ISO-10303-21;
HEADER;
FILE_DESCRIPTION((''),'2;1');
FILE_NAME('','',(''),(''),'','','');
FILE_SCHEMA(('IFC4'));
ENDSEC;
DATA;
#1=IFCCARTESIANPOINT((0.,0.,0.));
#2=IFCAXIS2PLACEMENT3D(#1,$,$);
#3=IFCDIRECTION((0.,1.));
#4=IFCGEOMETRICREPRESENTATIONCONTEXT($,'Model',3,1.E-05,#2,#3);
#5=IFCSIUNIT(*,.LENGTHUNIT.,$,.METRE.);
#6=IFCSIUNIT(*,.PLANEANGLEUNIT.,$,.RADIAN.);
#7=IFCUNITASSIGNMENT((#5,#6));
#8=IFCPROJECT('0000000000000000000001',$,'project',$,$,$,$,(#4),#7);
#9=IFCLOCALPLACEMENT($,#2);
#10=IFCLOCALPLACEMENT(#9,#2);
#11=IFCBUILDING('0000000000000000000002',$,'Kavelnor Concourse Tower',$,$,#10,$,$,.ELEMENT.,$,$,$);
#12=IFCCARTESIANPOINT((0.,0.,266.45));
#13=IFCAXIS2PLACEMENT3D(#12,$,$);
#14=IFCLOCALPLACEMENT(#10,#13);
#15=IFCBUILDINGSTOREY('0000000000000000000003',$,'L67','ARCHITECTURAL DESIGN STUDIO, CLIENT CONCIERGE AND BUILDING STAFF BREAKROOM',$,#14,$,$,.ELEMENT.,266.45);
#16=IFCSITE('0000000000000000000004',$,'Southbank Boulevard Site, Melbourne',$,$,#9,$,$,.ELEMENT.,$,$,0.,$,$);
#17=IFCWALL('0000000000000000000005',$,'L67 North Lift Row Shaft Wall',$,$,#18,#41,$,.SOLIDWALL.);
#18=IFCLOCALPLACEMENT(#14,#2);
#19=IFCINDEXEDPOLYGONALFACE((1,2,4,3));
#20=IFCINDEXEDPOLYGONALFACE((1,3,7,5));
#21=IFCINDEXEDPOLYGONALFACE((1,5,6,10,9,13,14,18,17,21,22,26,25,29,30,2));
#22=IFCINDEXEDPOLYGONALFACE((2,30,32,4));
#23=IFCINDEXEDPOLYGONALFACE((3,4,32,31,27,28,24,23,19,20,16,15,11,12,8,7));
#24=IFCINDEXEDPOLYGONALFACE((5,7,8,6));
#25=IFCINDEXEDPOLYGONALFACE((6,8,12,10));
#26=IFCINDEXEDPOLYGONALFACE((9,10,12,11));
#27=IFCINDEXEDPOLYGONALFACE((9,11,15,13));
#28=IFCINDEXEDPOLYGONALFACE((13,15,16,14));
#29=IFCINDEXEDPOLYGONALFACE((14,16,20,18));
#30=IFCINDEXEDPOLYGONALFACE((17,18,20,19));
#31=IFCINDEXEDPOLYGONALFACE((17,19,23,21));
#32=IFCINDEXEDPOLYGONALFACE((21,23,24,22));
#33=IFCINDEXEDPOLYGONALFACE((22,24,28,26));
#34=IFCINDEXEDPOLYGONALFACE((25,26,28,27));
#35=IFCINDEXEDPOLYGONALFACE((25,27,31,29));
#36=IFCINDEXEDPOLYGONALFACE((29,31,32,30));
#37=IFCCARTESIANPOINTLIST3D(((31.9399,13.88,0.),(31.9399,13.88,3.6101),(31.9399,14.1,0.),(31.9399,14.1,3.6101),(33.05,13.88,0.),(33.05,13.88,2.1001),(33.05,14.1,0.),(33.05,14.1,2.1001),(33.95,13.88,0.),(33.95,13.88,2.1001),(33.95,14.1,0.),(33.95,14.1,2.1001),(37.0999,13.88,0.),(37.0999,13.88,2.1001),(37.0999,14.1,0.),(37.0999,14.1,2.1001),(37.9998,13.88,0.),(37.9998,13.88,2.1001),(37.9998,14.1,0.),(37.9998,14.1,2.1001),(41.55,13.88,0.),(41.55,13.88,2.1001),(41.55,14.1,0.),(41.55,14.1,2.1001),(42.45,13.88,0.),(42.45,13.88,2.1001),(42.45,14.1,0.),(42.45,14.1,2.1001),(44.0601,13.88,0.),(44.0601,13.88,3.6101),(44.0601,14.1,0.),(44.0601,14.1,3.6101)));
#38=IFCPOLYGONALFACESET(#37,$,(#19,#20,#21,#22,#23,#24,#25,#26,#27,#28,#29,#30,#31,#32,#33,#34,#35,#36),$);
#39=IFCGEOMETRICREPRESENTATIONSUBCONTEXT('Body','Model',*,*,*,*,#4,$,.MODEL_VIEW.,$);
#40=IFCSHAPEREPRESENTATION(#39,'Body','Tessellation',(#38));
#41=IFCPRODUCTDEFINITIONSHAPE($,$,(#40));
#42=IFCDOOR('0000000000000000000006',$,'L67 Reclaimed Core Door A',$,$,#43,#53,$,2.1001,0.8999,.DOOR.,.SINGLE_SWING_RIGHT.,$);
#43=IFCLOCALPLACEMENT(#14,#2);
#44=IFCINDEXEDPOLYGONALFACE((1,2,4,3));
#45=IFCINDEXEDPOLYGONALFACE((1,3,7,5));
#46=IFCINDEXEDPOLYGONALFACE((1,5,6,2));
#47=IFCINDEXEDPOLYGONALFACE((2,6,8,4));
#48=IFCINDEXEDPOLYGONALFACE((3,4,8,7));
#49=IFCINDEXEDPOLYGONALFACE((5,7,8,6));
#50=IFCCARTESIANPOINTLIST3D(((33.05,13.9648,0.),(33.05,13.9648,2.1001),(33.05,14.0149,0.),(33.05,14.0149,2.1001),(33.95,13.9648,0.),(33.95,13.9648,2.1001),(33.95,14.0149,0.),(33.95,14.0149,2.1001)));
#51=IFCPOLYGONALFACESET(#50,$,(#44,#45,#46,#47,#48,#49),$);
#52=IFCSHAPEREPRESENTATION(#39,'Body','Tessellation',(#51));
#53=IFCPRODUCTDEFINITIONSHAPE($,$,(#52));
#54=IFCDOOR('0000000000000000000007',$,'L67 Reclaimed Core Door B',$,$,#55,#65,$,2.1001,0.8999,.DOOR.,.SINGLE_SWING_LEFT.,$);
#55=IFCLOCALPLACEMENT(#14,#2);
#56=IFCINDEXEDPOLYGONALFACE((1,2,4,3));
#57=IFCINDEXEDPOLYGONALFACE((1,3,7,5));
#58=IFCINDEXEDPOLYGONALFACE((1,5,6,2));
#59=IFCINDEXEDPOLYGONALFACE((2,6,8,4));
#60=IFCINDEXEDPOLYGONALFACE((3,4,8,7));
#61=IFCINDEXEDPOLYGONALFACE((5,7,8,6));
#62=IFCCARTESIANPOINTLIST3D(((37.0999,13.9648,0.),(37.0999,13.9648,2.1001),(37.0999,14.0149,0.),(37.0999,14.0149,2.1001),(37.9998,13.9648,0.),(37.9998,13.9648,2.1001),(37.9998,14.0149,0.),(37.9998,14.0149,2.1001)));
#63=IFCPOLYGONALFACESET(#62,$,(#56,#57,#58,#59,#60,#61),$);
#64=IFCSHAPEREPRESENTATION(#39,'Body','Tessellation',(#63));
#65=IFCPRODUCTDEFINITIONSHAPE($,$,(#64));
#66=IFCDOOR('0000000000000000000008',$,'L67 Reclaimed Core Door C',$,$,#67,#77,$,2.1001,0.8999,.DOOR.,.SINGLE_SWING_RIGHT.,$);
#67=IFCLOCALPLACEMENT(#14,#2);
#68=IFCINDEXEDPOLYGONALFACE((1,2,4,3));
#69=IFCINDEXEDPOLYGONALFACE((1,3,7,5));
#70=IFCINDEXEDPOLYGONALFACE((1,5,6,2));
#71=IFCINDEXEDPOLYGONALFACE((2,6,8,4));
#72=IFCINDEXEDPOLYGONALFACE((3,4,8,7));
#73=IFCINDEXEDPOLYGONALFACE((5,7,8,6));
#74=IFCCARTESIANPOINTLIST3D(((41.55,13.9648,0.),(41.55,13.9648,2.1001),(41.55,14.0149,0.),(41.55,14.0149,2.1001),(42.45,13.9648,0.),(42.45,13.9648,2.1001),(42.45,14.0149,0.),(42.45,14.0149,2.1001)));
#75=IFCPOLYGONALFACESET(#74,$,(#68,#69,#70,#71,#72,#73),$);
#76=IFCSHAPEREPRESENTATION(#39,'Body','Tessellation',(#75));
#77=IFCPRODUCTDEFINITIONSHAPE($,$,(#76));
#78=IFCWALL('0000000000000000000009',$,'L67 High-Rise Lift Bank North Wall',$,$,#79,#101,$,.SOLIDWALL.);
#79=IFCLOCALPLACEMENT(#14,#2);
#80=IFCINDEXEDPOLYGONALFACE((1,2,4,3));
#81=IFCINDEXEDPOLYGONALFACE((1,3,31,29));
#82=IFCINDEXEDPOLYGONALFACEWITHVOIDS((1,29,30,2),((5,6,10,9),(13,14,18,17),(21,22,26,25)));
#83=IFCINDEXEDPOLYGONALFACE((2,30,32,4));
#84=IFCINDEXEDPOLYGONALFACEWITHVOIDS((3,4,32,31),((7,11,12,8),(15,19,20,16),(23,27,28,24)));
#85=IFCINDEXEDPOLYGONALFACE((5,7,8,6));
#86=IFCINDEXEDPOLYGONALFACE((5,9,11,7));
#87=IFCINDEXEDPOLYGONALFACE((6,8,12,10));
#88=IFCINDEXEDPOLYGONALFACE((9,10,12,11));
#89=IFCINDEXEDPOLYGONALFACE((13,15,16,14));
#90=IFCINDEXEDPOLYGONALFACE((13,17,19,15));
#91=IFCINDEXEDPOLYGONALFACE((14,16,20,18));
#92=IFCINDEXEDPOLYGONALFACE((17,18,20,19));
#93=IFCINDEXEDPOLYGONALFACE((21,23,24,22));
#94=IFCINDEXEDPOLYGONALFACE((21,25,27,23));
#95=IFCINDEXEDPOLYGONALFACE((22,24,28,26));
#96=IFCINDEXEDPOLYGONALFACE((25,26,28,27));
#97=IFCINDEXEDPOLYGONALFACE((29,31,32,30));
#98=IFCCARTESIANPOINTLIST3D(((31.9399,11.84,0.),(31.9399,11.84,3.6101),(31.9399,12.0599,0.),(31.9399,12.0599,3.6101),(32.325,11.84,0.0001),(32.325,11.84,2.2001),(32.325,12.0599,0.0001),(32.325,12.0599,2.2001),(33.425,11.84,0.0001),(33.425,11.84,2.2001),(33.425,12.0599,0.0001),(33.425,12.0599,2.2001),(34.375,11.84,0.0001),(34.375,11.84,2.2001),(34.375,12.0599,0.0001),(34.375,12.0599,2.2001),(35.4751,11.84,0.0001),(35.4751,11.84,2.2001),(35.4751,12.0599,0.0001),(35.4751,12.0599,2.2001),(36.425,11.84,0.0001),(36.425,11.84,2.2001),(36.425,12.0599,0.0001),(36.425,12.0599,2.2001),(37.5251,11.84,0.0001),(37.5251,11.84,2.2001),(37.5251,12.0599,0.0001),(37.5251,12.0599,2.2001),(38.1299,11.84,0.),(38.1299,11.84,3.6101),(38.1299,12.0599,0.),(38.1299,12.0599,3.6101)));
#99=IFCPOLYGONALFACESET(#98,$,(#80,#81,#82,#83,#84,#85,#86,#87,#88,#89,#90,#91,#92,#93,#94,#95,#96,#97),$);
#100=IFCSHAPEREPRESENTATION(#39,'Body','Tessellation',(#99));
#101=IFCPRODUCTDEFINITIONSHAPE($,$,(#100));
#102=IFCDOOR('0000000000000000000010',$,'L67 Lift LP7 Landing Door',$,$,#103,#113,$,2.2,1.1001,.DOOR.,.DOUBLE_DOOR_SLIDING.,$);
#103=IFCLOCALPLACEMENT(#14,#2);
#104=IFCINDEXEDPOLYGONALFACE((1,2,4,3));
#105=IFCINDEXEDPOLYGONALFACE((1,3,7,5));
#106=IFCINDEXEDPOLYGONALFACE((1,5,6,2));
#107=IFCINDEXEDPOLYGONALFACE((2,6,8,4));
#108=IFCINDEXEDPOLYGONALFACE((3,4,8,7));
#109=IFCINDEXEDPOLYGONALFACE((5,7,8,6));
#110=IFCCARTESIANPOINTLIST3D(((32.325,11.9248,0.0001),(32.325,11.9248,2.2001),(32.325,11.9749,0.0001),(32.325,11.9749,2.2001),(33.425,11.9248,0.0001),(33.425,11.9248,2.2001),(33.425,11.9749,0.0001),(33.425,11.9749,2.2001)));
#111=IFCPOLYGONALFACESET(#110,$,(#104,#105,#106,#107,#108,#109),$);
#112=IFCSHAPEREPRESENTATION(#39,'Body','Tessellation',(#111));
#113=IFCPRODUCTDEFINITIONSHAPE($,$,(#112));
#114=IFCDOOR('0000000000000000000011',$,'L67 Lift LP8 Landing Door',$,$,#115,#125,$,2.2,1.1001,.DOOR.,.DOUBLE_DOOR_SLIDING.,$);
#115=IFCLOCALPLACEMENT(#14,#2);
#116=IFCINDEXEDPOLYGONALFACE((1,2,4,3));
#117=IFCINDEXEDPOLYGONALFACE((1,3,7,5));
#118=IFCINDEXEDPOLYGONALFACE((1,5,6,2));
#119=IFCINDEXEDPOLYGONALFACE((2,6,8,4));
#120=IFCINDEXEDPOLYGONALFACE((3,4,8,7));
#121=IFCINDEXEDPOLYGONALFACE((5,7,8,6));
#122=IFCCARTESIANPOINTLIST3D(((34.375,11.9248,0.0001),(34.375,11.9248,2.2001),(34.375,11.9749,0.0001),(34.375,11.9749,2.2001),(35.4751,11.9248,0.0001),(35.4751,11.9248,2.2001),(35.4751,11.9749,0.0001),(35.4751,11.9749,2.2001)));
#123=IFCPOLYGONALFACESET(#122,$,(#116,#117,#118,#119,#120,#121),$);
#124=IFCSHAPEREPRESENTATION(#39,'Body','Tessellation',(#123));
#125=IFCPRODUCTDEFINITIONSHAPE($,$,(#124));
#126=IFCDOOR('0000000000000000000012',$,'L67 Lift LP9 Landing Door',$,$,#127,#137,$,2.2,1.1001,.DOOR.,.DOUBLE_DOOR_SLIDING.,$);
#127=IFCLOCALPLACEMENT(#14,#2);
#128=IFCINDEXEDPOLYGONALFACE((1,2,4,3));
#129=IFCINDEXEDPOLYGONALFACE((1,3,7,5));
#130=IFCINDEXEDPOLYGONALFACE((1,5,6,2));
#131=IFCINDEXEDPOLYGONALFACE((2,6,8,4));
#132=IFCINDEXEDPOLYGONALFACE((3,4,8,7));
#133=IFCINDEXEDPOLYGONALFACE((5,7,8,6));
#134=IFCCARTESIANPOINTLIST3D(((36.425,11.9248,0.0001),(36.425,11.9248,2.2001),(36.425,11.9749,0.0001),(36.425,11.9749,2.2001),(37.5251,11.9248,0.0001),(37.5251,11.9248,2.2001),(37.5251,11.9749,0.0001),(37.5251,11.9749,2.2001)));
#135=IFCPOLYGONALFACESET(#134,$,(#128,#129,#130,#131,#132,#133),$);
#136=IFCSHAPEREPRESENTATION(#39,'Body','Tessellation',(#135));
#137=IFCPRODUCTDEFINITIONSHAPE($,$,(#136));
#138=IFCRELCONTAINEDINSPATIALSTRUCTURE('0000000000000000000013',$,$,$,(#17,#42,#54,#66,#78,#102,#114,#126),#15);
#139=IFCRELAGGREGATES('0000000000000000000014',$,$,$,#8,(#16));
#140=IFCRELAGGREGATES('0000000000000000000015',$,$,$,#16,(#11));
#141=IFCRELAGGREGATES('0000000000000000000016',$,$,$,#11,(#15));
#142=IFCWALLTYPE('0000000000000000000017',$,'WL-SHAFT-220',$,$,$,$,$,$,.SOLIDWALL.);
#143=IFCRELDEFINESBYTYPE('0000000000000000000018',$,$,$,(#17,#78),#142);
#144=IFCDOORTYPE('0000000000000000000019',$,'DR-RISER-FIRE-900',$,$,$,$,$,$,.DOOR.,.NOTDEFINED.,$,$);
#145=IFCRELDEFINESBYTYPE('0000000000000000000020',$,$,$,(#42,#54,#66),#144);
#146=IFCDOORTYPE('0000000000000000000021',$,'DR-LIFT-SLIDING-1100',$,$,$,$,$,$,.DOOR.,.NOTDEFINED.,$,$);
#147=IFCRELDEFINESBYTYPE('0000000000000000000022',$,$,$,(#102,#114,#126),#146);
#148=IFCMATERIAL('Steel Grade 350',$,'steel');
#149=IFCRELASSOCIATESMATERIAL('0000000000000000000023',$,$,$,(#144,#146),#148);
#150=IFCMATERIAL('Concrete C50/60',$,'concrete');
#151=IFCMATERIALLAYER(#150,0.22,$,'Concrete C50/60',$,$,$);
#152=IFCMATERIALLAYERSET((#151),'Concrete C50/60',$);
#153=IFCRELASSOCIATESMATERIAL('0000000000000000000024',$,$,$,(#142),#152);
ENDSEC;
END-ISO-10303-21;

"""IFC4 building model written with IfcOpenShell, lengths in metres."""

from ifc_helpers import new_model, si_unit, direction, frame, frame_2d, origin, place, context, subcontext, project, spatial, rectangle, extrude, material, layer, layer_set, type_object, element, fill, save


model = new_model("IFC4")

# Units and contexts
model_context = context("Model", 3, precision=1e-05, world=origin(), true_north=direction((0.0, 1.0)))
body_context = subcontext(model_context, "Body", "Model", "MODEL_VIEW")
ifc_project = project(units=[si_unit("LENGTHUNIT", "METRE"), si_unit("PLANEANGLEUNIT", "RADIAN")], contexts=[model_context])

# Site, building, storey
site_placement = place(None, origin())
site = spatial("IfcSite", under=ifc_project, at=site_placement, Name="Southbank Boulevard Site, Melbourne", CompositionType="ELEMENT", RefElevation=0.0)
building_placement = place(site_placement, origin())
building = spatial("IfcBuilding", under=site, at=building_placement, Name="Kavelnor Concourse Tower", CompositionType="ELEMENT")
storey_placement = place(building_placement, frame((0.0, 0.0, 266.45)))
storey = spatial("IfcBuildingStorey", under=building, at=storey_placement, Name="L67", Description="ARCHITECTURAL DESIGN STUDIO, CLIENT CONCIERGE AND BUILDING STAFF BREAKROOM", CompositionType="ELEMENT", Elevation=266.45)

# Shared definitions
ifc_material_1 = material(Name="Steel Grade 350", Category="steel")

# Shared definitions
ifc_material_2 = material(Name="Concrete C50/60", Category="concrete")
door_type_1 = type_object("IfcDoorType", Name="DR-RISER-FIRE-900", OperationType="NOTDEFINED", PredefinedType="DOOR", material=ifc_material_1)

# Walls, openings, doors
ifc_layer_1 = layer(ifc_material_2, 0.22, Name="Concrete C50/60")
ifc_layer_set_1 = layer_set([ifc_layer_1], Name="Concrete C50/60")
wall_type_1 = type_object("IfcWallType", Name="WL-SHAFT-220", PredefinedType="SOLIDWALL", material=ifc_layer_set_1)
wall_1_placement = place(storey_placement, frame((31.9399, 13.99, 0.0), z_axis=(0.0, 0.0, 1.0), x_axis=(1.0, 0.0, 0.0)))
wall_1 = element("IfcWall", 1, at=wall_1_placement, inside=storey, type_object=wall_type_1, Name="L67 North Lift Row Shaft Wall", PredefinedType="SOLIDWALL", context=body_context, shape_type="SweptSolid", body=[
    extrude(rectangle(XDim=12.1201, YDim=0.22, at=frame_2d((6.0601, 0.0))), origin(), (0.0, 0.0, 1.0), 3.6101),
])
opening_1_placement = place(wall_1_placement, frame((1.1101, 0.0, 0.0)))
opening_1 = element("IfcOpeningElement", 2, at=opening_1_placement, cuts=wall_1, PredefinedType="OPENING", context=body_context, shape_type="SweptSolid", body=[
    extrude(rectangle(XDim=0.8999, YDim=2.1001, at=frame_2d((0.45, 1.05))), frame((0.0, 0.1201, 0.0), z_axis=(0.0, -1.0, 0.0), x_axis=(1.0, 0.0, 0.0)), (0.0, 0.0, 1.0), 0.24),
])
opening_2_placement = place(wall_1_placement, frame((5.1599, 0.0, 0.0)))
opening_2 = element("IfcOpeningElement", 3, at=opening_2_placement, cuts=wall_1, PredefinedType="OPENING", context=body_context, shape_type="SweptSolid", body=[
    extrude(rectangle(XDim=0.8999, YDim=2.1001, at=frame_2d((0.45, 1.05))), frame((0.0, 0.1201, 0.0), z_axis=(0.0, -1.0, 0.0), x_axis=(1.0, 0.0, 0.0)), (0.0, 0.0, 1.0), 0.24),
])
opening_3_placement = place(wall_1_placement, frame((9.6101, 0.0, 0.0)))
opening_3 = element("IfcOpeningElement", 4, at=opening_3_placement, cuts=wall_1, PredefinedType="OPENING", context=body_context, shape_type="SweptSolid", body=[
    extrude(rectangle(XDim=0.8999, YDim=2.1001, at=frame_2d((0.45, 1.05))), frame((0.0, 0.1201, 0.0), z_axis=(0.0, -1.0, 0.0), x_axis=(1.0, 0.0, 0.0)), (0.0, 0.0, 1.0), 0.24),
])
door_1_placement = place(opening_1_placement, origin())
door_1 = element("IfcDoor", 5, at=door_1_placement, inside=storey, type_object=door_type_1, Name="L67 Reclaimed Core Door A", OperationType="SINGLE_SWING_RIGHT", OverallHeight=2.1001, OverallWidth=0.8999, PredefinedType="DOOR", context=body_context, shape_type="SweptSolid", body=[
    extrude(rectangle(XDim=0.8999, YDim=2.1001, at=frame_2d((0.45, 1.05))), frame((0.0, 0.0249, 0.0), z_axis=(0.0, -1.0, 0.0), x_axis=(1.0, 0.0, 0.0)), (0.0, 0.0, 1.0), 0.05),
])
fill(opening_1, door_1)
door_2_placement = place(opening_2_placement, origin())
door_2 = element("IfcDoor", 6, at=door_2_placement, inside=storey, type_object=door_type_1, Name="L67 Reclaimed Core Door B", OperationType="SINGLE_SWING_LEFT", OverallHeight=2.1001, OverallWidth=0.8999, PredefinedType="DOOR", context=body_context, shape_type="SweptSolid", body=[
    extrude(rectangle(XDim=0.8999, YDim=2.1001, at=frame_2d((0.45, 1.05))), frame((0.0, 0.0249, 0.0), z_axis=(0.0, -1.0, 0.0), x_axis=(1.0, 0.0, 0.0)), (0.0, 0.0, 1.0), 0.05),
])
fill(opening_2, door_2)
door_3_placement = place(opening_3_placement, origin())
door_3 = element("IfcDoor", 7, at=door_3_placement, inside=storey, type_object=door_type_1, Name="L67 Reclaimed Core Door C", OperationType="SINGLE_SWING_RIGHT", OverallHeight=2.1001, OverallWidth=0.8999, PredefinedType="DOOR", context=body_context, shape_type="SweptSolid", body=[
    extrude(rectangle(XDim=0.8999, YDim=2.1001, at=frame_2d((0.45, 1.05))), frame((0.0, 0.0249, 0.0), z_axis=(0.0, -1.0, 0.0), x_axis=(1.0, 0.0, 0.0)), (0.0, 0.0, 1.0), 0.05),
])
fill(opening_3, door_3)
wall_2_placement = place(storey_placement, frame((31.9399, 11.95, 0.0), z_axis=(0.0, 0.0, 1.0), x_axis=(1.0, 0.0, 0.0)))
wall_2 = element("IfcWall", 8, at=wall_2_placement, inside=storey, type_object=wall_type_1, Name="L67 High-Rise Lift Bank North Wall", PredefinedType="SOLIDWALL", context=body_context, shape_type="SweptSolid", body=[
    extrude(rectangle(XDim=6.1899, YDim=0.22, at=frame_2d((3.095, 0.0))), origin(), (0.0, 0.0, 1.0), 3.6101),
])
opening_4_placement = place(wall_2_placement, frame((0.385, 0.0, 0.0)))
opening_4 = element("IfcOpeningElement", 9, at=opening_4_placement, cuts=wall_2, PredefinedType="OPENING", context=body_context, shape_type="SweptSolid", body=[
    extrude(rectangle(XDim=1.1001, YDim=2.2, at=frame_2d((0.55, 1.1001))), frame((0.0, 0.1201, 0.0), z_axis=(0.0, -1.0, 0.0), x_axis=(1.0, 0.0, 0.0)), (0.0, 0.0, 1.0), 0.24),
])
opening_5_placement = place(wall_2_placement, frame((2.4351, 0.0, 0.0)))
opening_5 = element("IfcOpeningElement", 10, at=opening_5_placement, cuts=wall_2, PredefinedType="OPENING", context=body_context, shape_type="SweptSolid", body=[
    extrude(rectangle(XDim=1.1001, YDim=2.2, at=frame_2d((0.55, 1.1001))), frame((0.0, 0.1201, 0.0), z_axis=(0.0, -1.0, 0.0), x_axis=(1.0, 0.0, 0.0)), (0.0, 0.0, 1.0), 0.24),
])
opening_6_placement = place(wall_2_placement, frame((4.4851, 0.0, 0.0)))
opening_6 = element("IfcOpeningElement", 11, at=opening_6_placement, cuts=wall_2, PredefinedType="OPENING", context=body_context, shape_type="SweptSolid", body=[
    extrude(rectangle(XDim=1.1001, YDim=2.2, at=frame_2d((0.55, 1.1001))), frame((0.0, 0.1201, 0.0), z_axis=(0.0, -1.0, 0.0), x_axis=(1.0, 0.0, 0.0)), (0.0, 0.0, 1.0), 0.24),
])
door_type_2 = type_object("IfcDoorType", Name="DR-LIFT-SLIDING-1100", OperationType="NOTDEFINED", PredefinedType="DOOR", material=ifc_material_1)
door_4_placement = place(opening_4_placement, origin())
door_4 = element("IfcDoor", 12, at=door_4_placement, inside=storey, type_object=door_type_2, Name="L67 Lift LP7 Landing Door", OperationType="DOUBLE_DOOR_SLIDING", OverallHeight=2.2, OverallWidth=1.1001, PredefinedType="DOOR", context=body_context, shape_type="SweptSolid", body=[
    extrude(rectangle(XDim=1.1001, YDim=2.2, at=frame_2d((0.55, 1.1001))), frame((0.0, 0.0249, 0.0), z_axis=(0.0, -1.0, 0.0), x_axis=(1.0, 0.0, 0.0)), (0.0, 0.0, 1.0), 0.05),
])
fill(opening_4, door_4)
door_5_placement = place(opening_5_placement, origin())
door_5 = element("IfcDoor", 13, at=door_5_placement, inside=storey, type_object=door_type_2, Name="L67 Lift LP8 Landing Door", OperationType="DOUBLE_DOOR_SLIDING", OverallHeight=2.2, OverallWidth=1.1001, PredefinedType="DOOR", context=body_context, shape_type="SweptSolid", body=[
    extrude(rectangle(XDim=1.1001, YDim=2.2, at=frame_2d((0.55, 1.1001))), frame((0.0, 0.0249, 0.0), z_axis=(0.0, -1.0, 0.0), x_axis=(1.0, 0.0, 0.0)), (0.0, 0.0, 1.0), 0.05),
])
fill(opening_5, door_5)
door_6_placement = place(opening_6_placement, origin())
door_6 = element("IfcDoor", 14, at=door_6_placement, inside=storey, type_object=door_type_2, Name="L67 Lift LP9 Landing Door", OperationType="DOUBLE_DOOR_SLIDING", OverallHeight=2.2, OverallWidth=1.1001, PredefinedType="DOOR", context=body_context, shape_type="SweptSolid", body=[
    extrude(rectangle(XDim=1.1001, YDim=2.2, at=frame_2d((0.55, 1.1001))), frame((0.0, 0.0249, 0.0), z_axis=(0.0, -1.0, 0.0), x_axis=(1.0, 0.0, 0.0)), (0.0, 0.0, 1.0), 0.05),
])
fill(opening_6, door_6)

save(model, "model.ifc")
